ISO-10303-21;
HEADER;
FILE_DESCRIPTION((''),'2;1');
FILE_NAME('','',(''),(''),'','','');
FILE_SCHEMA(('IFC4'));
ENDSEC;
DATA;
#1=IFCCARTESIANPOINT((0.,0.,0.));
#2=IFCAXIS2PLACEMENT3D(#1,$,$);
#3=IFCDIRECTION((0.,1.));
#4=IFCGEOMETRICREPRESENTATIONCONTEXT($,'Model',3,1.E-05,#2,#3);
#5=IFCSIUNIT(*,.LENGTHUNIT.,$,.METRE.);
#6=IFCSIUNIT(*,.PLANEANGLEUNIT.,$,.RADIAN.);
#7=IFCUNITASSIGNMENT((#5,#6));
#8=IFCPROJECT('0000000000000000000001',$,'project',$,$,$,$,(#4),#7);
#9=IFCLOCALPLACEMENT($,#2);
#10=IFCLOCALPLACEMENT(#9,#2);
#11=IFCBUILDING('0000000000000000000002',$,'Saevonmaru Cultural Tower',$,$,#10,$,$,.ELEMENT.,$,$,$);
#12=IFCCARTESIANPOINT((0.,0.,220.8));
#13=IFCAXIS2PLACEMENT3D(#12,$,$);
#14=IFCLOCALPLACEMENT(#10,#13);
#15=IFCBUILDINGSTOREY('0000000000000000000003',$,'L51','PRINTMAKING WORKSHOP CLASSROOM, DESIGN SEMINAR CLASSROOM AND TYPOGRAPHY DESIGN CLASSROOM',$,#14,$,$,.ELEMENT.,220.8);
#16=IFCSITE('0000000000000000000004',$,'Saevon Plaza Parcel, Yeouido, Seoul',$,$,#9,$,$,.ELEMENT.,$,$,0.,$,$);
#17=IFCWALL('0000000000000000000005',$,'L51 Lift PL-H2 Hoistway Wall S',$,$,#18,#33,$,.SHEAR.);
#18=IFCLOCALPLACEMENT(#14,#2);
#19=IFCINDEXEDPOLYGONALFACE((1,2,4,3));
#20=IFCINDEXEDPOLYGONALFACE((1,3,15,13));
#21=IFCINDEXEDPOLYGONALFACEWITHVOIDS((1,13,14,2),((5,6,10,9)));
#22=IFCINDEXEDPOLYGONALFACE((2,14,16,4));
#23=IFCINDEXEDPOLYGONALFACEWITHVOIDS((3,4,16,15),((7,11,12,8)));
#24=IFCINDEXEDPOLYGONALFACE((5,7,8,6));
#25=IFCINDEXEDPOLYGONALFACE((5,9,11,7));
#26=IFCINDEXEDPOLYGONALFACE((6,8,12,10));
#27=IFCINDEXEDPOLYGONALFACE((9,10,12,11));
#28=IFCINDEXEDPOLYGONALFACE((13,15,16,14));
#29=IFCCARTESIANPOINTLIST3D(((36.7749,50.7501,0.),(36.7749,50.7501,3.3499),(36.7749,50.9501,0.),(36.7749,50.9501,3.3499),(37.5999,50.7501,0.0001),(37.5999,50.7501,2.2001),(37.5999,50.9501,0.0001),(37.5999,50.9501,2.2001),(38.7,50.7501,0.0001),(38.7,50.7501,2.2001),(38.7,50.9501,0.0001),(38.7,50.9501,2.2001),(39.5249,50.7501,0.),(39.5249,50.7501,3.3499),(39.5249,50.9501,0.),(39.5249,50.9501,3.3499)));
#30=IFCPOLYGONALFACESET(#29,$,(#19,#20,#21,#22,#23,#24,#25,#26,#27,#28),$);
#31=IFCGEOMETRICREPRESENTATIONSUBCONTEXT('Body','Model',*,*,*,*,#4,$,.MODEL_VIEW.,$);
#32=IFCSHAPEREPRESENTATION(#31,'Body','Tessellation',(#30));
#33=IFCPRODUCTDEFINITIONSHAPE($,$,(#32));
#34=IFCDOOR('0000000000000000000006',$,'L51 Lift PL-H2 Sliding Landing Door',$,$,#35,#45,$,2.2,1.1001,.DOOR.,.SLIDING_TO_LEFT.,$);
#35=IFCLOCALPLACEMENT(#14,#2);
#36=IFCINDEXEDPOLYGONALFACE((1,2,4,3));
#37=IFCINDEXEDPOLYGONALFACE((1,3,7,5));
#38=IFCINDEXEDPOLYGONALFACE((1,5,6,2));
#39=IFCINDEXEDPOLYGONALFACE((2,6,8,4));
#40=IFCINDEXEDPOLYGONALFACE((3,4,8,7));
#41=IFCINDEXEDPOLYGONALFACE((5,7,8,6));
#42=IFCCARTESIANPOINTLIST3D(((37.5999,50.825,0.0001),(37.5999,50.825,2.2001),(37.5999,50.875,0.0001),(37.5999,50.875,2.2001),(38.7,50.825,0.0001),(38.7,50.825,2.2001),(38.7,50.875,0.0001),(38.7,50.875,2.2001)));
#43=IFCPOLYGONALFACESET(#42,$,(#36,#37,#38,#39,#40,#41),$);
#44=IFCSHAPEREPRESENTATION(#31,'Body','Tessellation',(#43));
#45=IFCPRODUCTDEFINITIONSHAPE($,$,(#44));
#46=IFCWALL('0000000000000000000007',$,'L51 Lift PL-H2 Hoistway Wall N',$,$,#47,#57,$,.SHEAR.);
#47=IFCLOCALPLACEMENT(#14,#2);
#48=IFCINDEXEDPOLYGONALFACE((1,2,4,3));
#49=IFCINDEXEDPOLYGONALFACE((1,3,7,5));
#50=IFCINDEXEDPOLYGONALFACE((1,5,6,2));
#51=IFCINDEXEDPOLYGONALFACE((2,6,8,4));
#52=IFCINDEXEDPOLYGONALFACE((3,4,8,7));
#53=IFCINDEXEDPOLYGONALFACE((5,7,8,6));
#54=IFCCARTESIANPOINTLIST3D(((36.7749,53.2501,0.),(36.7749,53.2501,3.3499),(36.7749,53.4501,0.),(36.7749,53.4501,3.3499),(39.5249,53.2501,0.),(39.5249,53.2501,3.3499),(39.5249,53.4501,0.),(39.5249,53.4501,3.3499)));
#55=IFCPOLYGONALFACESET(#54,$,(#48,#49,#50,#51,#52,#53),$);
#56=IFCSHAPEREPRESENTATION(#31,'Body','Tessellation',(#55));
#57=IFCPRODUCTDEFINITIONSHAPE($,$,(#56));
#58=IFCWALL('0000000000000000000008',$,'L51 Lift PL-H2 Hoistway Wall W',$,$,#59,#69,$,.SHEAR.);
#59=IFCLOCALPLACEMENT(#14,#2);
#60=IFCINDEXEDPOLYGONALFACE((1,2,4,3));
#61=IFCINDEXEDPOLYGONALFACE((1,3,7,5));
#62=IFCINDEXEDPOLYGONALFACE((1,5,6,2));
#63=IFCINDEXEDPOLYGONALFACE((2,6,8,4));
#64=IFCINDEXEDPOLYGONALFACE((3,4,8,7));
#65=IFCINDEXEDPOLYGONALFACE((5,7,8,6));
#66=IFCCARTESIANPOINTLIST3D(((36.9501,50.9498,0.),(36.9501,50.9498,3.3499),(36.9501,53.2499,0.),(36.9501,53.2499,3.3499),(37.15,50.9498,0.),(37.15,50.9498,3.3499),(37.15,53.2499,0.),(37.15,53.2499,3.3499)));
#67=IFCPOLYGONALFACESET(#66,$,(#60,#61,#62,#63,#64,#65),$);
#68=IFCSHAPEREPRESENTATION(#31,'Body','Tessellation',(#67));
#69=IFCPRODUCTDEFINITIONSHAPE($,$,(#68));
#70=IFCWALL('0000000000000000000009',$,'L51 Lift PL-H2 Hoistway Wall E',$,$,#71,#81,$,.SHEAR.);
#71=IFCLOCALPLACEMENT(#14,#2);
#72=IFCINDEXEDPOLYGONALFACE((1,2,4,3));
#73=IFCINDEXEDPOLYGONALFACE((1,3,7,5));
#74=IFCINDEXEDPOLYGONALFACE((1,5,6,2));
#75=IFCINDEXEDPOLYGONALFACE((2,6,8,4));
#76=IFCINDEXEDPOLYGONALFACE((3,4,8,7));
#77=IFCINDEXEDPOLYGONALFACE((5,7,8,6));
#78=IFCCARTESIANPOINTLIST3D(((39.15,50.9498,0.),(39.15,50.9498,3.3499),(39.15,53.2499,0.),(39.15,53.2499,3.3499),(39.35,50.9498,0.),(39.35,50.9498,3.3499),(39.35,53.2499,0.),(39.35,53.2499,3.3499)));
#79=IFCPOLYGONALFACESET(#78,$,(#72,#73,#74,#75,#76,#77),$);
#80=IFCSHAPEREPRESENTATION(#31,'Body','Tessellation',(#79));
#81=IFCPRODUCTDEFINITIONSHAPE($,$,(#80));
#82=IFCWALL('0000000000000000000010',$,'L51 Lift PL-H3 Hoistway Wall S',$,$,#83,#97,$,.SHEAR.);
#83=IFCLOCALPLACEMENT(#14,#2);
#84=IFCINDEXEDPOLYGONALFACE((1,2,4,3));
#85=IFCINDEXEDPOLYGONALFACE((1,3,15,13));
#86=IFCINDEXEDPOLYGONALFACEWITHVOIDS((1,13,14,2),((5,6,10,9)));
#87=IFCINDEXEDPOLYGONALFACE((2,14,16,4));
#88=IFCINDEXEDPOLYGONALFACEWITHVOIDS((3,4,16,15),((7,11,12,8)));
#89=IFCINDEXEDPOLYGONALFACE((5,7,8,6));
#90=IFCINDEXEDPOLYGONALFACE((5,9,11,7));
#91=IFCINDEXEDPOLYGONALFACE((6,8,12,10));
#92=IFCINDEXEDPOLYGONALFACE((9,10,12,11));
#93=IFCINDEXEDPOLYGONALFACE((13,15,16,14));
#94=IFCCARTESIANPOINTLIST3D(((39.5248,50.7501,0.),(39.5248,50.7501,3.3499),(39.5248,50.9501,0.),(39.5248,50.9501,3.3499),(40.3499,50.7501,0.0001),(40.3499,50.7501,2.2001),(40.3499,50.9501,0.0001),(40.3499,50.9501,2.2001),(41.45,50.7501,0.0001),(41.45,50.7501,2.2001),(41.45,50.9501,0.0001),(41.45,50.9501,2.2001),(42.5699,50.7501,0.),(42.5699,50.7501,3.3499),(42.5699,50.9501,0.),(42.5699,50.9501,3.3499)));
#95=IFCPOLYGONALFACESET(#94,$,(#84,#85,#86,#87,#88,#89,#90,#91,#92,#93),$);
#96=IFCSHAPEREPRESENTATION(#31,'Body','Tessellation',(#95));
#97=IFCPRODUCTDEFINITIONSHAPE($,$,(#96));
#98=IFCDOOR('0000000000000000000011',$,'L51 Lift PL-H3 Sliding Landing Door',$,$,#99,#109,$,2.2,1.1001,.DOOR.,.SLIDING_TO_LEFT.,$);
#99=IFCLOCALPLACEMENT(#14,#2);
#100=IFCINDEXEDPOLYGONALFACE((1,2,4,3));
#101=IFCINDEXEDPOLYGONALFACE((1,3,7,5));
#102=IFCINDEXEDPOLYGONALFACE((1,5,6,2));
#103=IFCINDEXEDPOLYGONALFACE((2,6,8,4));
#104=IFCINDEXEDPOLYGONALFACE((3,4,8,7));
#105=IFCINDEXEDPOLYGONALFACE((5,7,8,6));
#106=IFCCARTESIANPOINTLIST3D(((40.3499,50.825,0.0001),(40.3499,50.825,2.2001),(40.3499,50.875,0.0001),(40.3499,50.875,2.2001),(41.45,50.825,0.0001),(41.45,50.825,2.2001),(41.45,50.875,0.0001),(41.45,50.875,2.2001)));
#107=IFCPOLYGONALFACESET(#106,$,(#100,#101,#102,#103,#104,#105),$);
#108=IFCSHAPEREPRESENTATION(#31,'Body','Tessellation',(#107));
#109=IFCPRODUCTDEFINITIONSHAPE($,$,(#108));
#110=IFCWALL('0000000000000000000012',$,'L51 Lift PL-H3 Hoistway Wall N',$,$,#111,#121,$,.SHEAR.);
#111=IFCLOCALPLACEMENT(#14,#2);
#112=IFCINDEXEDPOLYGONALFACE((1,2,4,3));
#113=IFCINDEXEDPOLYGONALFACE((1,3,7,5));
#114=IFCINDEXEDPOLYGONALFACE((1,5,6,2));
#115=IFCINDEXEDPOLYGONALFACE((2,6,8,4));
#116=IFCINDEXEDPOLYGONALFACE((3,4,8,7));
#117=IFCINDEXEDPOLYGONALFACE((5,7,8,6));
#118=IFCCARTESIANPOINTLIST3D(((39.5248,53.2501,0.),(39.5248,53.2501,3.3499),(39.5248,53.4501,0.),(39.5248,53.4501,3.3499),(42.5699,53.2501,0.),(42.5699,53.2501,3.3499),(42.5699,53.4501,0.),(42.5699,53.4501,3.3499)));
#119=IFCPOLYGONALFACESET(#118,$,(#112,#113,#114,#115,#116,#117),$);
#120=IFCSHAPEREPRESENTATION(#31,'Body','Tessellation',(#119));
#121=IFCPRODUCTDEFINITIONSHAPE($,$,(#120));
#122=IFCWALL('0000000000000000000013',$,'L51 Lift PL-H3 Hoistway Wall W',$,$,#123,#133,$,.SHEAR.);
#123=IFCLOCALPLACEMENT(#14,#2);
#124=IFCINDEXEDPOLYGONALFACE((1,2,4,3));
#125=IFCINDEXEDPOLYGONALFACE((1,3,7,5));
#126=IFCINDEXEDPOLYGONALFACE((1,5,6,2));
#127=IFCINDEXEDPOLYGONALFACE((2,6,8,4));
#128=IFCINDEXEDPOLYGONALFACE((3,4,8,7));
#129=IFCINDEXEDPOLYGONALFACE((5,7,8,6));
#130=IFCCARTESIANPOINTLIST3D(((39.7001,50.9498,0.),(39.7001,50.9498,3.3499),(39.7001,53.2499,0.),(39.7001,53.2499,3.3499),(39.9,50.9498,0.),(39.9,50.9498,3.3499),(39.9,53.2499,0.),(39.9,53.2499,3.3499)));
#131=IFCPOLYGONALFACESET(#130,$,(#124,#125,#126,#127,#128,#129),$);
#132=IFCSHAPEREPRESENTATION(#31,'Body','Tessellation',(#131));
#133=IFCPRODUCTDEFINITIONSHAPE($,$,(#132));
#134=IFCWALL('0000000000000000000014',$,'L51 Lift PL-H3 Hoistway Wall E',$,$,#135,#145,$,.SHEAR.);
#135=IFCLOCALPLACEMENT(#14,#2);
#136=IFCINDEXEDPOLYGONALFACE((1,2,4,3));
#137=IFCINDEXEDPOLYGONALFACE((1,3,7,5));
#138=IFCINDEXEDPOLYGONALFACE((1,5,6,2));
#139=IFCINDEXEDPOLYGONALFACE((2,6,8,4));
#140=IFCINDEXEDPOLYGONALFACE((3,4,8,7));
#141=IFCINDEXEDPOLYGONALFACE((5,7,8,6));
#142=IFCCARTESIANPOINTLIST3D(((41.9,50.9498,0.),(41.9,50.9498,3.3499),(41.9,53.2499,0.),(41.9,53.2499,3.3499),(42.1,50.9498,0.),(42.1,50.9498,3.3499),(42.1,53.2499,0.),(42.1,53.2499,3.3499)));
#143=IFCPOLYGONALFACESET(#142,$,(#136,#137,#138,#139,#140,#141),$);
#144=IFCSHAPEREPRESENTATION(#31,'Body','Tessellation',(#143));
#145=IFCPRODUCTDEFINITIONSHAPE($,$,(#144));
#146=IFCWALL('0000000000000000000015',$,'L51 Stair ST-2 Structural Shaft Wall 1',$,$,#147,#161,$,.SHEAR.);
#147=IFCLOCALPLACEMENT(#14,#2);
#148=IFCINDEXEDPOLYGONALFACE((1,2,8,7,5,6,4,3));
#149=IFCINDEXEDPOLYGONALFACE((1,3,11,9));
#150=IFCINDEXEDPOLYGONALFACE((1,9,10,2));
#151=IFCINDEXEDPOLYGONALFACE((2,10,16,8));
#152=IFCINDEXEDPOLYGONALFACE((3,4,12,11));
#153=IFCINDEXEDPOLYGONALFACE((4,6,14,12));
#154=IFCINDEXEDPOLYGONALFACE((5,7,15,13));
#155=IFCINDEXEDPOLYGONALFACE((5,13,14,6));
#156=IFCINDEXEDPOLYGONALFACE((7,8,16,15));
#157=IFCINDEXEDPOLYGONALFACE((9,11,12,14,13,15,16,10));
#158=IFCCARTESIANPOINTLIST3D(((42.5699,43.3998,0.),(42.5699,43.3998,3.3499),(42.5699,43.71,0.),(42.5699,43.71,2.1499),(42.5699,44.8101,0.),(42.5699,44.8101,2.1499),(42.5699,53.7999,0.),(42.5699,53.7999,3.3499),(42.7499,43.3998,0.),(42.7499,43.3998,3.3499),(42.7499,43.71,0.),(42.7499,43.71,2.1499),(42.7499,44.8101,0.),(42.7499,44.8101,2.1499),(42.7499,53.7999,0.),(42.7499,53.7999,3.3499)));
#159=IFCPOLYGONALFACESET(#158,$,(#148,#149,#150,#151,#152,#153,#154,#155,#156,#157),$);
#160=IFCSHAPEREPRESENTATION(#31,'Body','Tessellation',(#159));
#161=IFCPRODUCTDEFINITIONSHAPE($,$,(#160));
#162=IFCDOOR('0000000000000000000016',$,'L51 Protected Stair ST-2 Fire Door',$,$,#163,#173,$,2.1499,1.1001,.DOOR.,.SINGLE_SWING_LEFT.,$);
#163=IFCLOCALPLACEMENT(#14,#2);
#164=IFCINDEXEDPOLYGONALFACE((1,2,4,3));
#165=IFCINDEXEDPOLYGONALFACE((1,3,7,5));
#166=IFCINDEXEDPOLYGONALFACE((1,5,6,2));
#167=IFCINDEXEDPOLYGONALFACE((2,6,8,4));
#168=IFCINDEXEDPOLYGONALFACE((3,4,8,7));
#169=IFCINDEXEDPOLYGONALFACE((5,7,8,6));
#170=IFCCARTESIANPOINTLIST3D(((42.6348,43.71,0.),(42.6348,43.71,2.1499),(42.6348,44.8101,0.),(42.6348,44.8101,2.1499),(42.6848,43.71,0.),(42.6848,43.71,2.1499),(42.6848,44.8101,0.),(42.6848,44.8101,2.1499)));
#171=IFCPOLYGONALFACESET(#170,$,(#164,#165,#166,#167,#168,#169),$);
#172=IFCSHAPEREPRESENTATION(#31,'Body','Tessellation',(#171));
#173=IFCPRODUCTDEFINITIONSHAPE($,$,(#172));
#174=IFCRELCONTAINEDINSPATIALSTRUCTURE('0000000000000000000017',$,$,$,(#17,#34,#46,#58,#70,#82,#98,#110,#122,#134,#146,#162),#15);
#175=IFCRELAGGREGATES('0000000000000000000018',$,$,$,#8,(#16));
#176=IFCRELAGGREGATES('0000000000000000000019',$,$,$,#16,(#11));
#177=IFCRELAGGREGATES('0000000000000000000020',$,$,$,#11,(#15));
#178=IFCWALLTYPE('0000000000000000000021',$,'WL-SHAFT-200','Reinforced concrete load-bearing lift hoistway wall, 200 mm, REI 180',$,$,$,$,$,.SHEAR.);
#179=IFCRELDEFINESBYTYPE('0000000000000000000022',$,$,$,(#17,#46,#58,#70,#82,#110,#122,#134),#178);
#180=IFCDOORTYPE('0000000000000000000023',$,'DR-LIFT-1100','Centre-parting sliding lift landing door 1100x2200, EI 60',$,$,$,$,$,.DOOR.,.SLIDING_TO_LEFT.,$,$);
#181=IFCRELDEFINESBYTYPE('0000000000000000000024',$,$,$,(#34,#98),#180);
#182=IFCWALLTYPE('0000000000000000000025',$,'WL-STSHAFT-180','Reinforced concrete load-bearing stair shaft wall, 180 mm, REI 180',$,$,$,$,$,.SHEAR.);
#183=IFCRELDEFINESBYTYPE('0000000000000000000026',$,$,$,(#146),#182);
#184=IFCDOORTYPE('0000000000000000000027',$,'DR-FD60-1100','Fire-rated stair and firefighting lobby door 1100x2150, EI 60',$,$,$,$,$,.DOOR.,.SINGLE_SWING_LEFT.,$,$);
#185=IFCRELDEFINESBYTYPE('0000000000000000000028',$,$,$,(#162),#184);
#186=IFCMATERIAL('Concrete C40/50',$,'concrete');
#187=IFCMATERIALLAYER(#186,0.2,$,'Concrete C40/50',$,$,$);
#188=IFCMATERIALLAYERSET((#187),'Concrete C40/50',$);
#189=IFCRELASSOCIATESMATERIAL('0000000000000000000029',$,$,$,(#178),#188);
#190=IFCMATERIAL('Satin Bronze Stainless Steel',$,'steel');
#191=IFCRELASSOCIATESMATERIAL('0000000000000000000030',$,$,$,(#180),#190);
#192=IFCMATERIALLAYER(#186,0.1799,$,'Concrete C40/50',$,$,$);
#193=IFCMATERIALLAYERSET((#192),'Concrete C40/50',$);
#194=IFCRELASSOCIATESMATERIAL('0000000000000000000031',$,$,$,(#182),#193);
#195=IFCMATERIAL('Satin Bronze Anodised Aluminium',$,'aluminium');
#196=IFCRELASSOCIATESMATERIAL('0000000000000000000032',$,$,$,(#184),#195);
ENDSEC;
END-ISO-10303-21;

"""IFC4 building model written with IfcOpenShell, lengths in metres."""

from ifc_helpers import new_model, si_unit, direction, frame, frame_2d, origin, place, context, subcontext, project, spatial, rectangle, extrude, material, layer, layer_set, type_object, element, fill, save


model = new_model("IFC4")

# Units and contexts
model_context = context("Model", 3, precision=1e-05, world=origin(), true_north=direction((0.0, 1.0)))
body_context = subcontext(model_context, "Body", "Model", "MODEL_VIEW")
ifc_project = project(units=[si_unit("LENGTHUNIT", "METRE"), si_unit("PLANEANGLEUNIT", "RADIAN")], contexts=[model_context])

# Site, building, storey
site_placement = place(None, origin())
site = spatial("IfcSite", under=ifc_project, at=site_placement, Name="Saevon Plaza Parcel, Yeouido, Seoul", CompositionType="ELEMENT", RefElevation=0.0)
building_placement = place(site_placement, origin())
building = spatial("IfcBuilding", under=site, at=building_placement, Name="Saevonmaru Cultural Tower", CompositionType="ELEMENT")
storey_placement = place(building_placement, frame((0.0, 0.0, 220.8)))
storey = spatial("IfcBuildingStorey", under=building, at=storey_placement, Name="L51", Description="PRINTMAKING WORKSHOP CLASSROOM, DESIGN SEMINAR CLASSROOM AND TYPOGRAPHY DESIGN CLASSROOM", CompositionType="ELEMENT", Elevation=220.8)

# Shared definitions
ifc_material_1 = material(Name="Satin Bronze Anodised Aluminium", Category="aluminium")

# Shared definitions
ifc_material_2 = material(Name="Concrete C40/50", Category="concrete")
ifc_layer_1 = layer(ifc_material_2, 0.2, Name="Concrete C40/50")
ifc_layer_set_1 = layer_set([ifc_layer_1], Name="Concrete C40/50")
wall_type_1 = type_object("IfcWallType", Name="WL-SHAFT-200", Description="Reinforced concrete load-bearing lift hoistway wall, 200 mm, REI 180", PredefinedType="SHEAR", material=ifc_layer_set_1)

# Wall, opening, door
wall_1_placement = place(storey_placement, frame((36.7749, 50.8501, 0.0), z_axis=(0.0, 0.0, 1.0), x_axis=(1.0, 0.0, 0.0)))
wall_1 = element("IfcWall", 1, at=wall_1_placement, inside=storey, type_object=wall_type_1, Name="L51 Lift PL-H2 Hoistway Wall S", PredefinedType="SHEAR", context=body_context, shape_type="SweptSolid", body=[
    extrude(rectangle(XDim=2.75, YDim=0.2, at=frame_2d((1.375, 0.0))), origin(), (0.0, 0.0, 1.0), 3.3499),
])
opening_1_placement = place(wall_1_placement, frame((0.825, 0.0, 0.0)))
opening_1 = element("IfcOpeningElement", 2, at=opening_1_placement, cuts=wall_1, PredefinedType="OPENING", context=body_context, shape_type="SweptSolid", body=[
    extrude(rectangle(XDim=1.1001, YDim=2.2, at=frame_2d((0.55, 1.1001))), frame((0.0, 0.1099, 0.0), z_axis=(0.0, -1.0, 0.0), x_axis=(1.0, 0.0, 0.0)), (0.0, 0.0, 1.0), 0.22),
])
ifc_material_3 = material(Name="Satin Bronze Stainless Steel", Category="steel")
door_type_1 = type_object("IfcDoorType", Name="DR-LIFT-1100", Description="Centre-parting sliding lift landing door 1100x2200, EI 60", OperationType="SLIDING_TO_LEFT", PredefinedType="DOOR", material=ifc_material_3)
door_1_placement = place(opening_1_placement, origin())
door_1 = element("IfcDoor", 3, at=door_1_placement, inside=storey, type_object=door_type_1, Name="L51 Lift PL-H2 Sliding Landing Door", OperationType="SLIDING_TO_LEFT", OverallHeight=2.2, OverallWidth=1.1001, PredefinedType="DOOR", context=body_context, shape_type="SweptSolid", body=[
    extrude(rectangle(XDim=1.1001, YDim=2.2, at=frame_2d((0.55, 1.1001))), frame((0.0, 0.0249, 0.0), z_axis=(0.0, -1.0, 0.0), x_axis=(1.0, 0.0, 0.0)), (0.0, 0.0, 1.0), 0.05),
])
fill(opening_1, door_1)

# Walls
wall_2_placement = place(storey_placement, frame((36.7749, 53.3501, 0.0), z_axis=(0.0, 0.0, 1.0), x_axis=(1.0, 0.0, 0.0)))
element("IfcWall", 4, at=wall_2_placement, inside=storey, type_object=wall_type_1, Name="L51 Lift PL-H2 Hoistway Wall N", PredefinedType="SHEAR", context=body_context, shape_type="SweptSolid", body=[
    extrude(rectangle(XDim=2.75, YDim=0.2, at=frame_2d((1.375, 0.0))), origin(), (0.0, 0.0, 1.0), 3.3499),
])
for number, where, z_axis, x_axis, name in (
    (5, (37.05, 50.95, 0.0), (0.0, 0.0, 1.0), (0.0, 1.0, 0.0), "L51 Lift PL-H2 Hoistway Wall W"),
    (6, (39.25, 50.95, 0.0), (0.0, 0.0, 1.0), (0.0, 1.0, 0.0), "L51 Lift PL-H2 Hoistway Wall E"),
):
    element("IfcWall", number, at=place(storey_placement, frame(where, z_axis=z_axis, x_axis=x_axis)), inside=storey, type_object=wall_type_1, Name=name, PredefinedType="SHEAR", context=body_context, shape_type="SweptSolid", body=[
        extrude(rectangle(XDim=2.3, YDim=0.2, at=frame_2d((1.1499, 0.0))), origin(), (0.0, 0.0, 1.0), 3.3499),
    ])

# Wall, opening, door
wall_3_placement = place(storey_placement, frame((39.5249, 50.8501, 0.0), z_axis=(0.0, 0.0, 1.0), x_axis=(1.0, 0.0, 0.0)))
wall_3 = element("IfcWall", 7, at=wall_3_placement, inside=storey, type_object=wall_type_1, Name="L51 Lift PL-H3 Hoistway Wall S", PredefinedType="SHEAR", context=body_context, shape_type="SweptSolid", body=[
    extrude(rectangle(XDim=3.0452, YDim=0.2, at=frame_2d((1.5225, 0.0))), origin(), (0.0, 0.0, 1.0), 3.3499),
])
opening_2_placement = place(wall_3_placement, frame((0.825, 0.0, 0.0)))
opening_2 = element("IfcOpeningElement", 8, at=opening_2_placement, cuts=wall_3, PredefinedType="OPENING", context=body_context, shape_type="SweptSolid", body=[
    extrude(rectangle(XDim=1.1001, YDim=2.2, at=frame_2d((0.55, 1.1001))), frame((0.0, 0.1099, 0.0), z_axis=(0.0, -1.0, 0.0), x_axis=(1.0, 0.0, 0.0)), (0.0, 0.0, 1.0), 0.22),
])
door_2_placement = place(opening_2_placement, origin())
door_2 = element("IfcDoor", 9, at=door_2_placement, inside=storey, type_object=door_type_1, Name="L51 Lift PL-H3 Sliding Landing Door", OperationType="SLIDING_TO_LEFT", OverallHeight=2.2, OverallWidth=1.1001, PredefinedType="DOOR", context=body_context, shape_type="SweptSolid", body=[
    extrude(rectangle(XDim=1.1001, YDim=2.2, at=frame_2d((0.55, 1.1001))), frame((0.0, 0.0249, 0.0), z_axis=(0.0, -1.0, 0.0), x_axis=(1.0, 0.0, 0.0)), (0.0, 0.0, 1.0), 0.05),
])
fill(opening_2, door_2)

# Walls
wall_4_placement = place(storey_placement, frame((39.5249, 53.3501, 0.0), z_axis=(0.0, 0.0, 1.0), x_axis=(1.0, 0.0, 0.0)))
element("IfcWall", 10, at=wall_4_placement, inside=storey, type_object=wall_type_1, Name="L51 Lift PL-H3 Hoistway Wall N", PredefinedType="SHEAR", context=body_context, shape_type="SweptSolid", body=[
    extrude(rectangle(XDim=3.0452, YDim=0.2, at=frame_2d((1.5225, 0.0))), origin(), (0.0, 0.0, 1.0), 3.3499),
])
for number, where, z_axis, x_axis, name in (
    (11, (39.8, 50.95, 0.0), (0.0, 0.0, 1.0), (0.0, 1.0, 0.0), "L51 Lift PL-H3 Hoistway Wall W"),
    (12, (42.0, 50.95, 0.0), (0.0, 0.0, 1.0), (0.0, 1.0, 0.0), "L51 Lift PL-H3 Hoistway Wall E"),
):
    element("IfcWall", number, at=place(storey_placement, frame(where, z_axis=z_axis, x_axis=x_axis)), inside=storey, type_object=wall_type_1, Name=name, PredefinedType="SHEAR", context=body_context, shape_type="SweptSolid", body=[
        extrude(rectangle(XDim=2.3, YDim=0.2, at=frame_2d((1.1499, 0.0))), origin(), (0.0, 0.0, 1.0), 3.3499),
    ])

# Wall, opening, door
ifc_layer_2 = layer(ifc_material_2, 0.1799, Name="Concrete C40/50")
ifc_layer_set_2 = layer_set([ifc_layer_2], Name="Concrete C40/50")
wall_type_2 = type_object("IfcWallType", Name="WL-STSHAFT-180", Description="Reinforced concrete load-bearing stair shaft wall, 180 mm, REI 180", PredefinedType="SHEAR", material=ifc_layer_set_2)
wall_5_placement = place(storey_placement, frame((42.6599, 53.8, 0.0), z_axis=(0.0, 0.0, 1.0), x_axis=(0.0, -1.0, 0.0)))
wall_5 = element("IfcWall", 13, at=wall_5_placement, inside=storey, type_object=wall_type_2, Name="L51 Stair ST-2 Structural Shaft Wall 1", PredefinedType="SHEAR", context=body_context, shape_type="SweptSolid", body=[
    extrude(rectangle(XDim=10.4001, YDim=0.1799, at=frame_2d((5.2002, 0.0))), origin(), (0.0, 0.0, 1.0), 3.3499),
])
opening_3_placement = place(wall_5_placement, frame((8.99, 0.0, 0.0)))
opening_3 = element("IfcOpeningElement", 14, at=opening_3_placement, cuts=wall_5, PredefinedType="OPENING", context=body_context, shape_type="SweptSolid", body=[
    extrude(rectangle(XDim=1.1001, YDim=2.1499, at=frame_2d((0.55, 1.075))), frame((0.0, 0.1001, 0.0), z_axis=(0.0, -1.0, 0.0), x_axis=(1.0, 0.0, 0.0)), (0.0, 0.0, 1.0), 0.2),
])
door_type_2 = type_object("IfcDoorType", Name="DR-FD60-1100", Description="Fire-rated stair and firefighting lobby door 1100x2150, EI 60", OperationType="SINGLE_SWING_LEFT", PredefinedType="DOOR", material=ifc_material_1)
door_3_placement = place(opening_3_placement, origin())
door_3 = element("IfcDoor", 15, at=door_3_placement, inside=storey, type_object=door_type_2, Name="L51 Protected Stair ST-2 Fire Door", OperationType="SINGLE_SWING_LEFT", OverallHeight=2.1499, OverallWidth=1.1001, PredefinedType="DOOR", context=body_context, shape_type="SweptSolid", body=[
    extrude(rectangle(XDim=1.1001, YDim=2.1499, at=frame_2d((0.55, 1.075))), frame((0.0, 0.0249, 0.0), z_axis=(0.0, -1.0, 0.0), x_axis=(1.0, 0.0, 0.0)), (0.0, 0.0, 1.0), 0.05),
])
fill(opening_3, door_3)

save(model, "model.ifc")
